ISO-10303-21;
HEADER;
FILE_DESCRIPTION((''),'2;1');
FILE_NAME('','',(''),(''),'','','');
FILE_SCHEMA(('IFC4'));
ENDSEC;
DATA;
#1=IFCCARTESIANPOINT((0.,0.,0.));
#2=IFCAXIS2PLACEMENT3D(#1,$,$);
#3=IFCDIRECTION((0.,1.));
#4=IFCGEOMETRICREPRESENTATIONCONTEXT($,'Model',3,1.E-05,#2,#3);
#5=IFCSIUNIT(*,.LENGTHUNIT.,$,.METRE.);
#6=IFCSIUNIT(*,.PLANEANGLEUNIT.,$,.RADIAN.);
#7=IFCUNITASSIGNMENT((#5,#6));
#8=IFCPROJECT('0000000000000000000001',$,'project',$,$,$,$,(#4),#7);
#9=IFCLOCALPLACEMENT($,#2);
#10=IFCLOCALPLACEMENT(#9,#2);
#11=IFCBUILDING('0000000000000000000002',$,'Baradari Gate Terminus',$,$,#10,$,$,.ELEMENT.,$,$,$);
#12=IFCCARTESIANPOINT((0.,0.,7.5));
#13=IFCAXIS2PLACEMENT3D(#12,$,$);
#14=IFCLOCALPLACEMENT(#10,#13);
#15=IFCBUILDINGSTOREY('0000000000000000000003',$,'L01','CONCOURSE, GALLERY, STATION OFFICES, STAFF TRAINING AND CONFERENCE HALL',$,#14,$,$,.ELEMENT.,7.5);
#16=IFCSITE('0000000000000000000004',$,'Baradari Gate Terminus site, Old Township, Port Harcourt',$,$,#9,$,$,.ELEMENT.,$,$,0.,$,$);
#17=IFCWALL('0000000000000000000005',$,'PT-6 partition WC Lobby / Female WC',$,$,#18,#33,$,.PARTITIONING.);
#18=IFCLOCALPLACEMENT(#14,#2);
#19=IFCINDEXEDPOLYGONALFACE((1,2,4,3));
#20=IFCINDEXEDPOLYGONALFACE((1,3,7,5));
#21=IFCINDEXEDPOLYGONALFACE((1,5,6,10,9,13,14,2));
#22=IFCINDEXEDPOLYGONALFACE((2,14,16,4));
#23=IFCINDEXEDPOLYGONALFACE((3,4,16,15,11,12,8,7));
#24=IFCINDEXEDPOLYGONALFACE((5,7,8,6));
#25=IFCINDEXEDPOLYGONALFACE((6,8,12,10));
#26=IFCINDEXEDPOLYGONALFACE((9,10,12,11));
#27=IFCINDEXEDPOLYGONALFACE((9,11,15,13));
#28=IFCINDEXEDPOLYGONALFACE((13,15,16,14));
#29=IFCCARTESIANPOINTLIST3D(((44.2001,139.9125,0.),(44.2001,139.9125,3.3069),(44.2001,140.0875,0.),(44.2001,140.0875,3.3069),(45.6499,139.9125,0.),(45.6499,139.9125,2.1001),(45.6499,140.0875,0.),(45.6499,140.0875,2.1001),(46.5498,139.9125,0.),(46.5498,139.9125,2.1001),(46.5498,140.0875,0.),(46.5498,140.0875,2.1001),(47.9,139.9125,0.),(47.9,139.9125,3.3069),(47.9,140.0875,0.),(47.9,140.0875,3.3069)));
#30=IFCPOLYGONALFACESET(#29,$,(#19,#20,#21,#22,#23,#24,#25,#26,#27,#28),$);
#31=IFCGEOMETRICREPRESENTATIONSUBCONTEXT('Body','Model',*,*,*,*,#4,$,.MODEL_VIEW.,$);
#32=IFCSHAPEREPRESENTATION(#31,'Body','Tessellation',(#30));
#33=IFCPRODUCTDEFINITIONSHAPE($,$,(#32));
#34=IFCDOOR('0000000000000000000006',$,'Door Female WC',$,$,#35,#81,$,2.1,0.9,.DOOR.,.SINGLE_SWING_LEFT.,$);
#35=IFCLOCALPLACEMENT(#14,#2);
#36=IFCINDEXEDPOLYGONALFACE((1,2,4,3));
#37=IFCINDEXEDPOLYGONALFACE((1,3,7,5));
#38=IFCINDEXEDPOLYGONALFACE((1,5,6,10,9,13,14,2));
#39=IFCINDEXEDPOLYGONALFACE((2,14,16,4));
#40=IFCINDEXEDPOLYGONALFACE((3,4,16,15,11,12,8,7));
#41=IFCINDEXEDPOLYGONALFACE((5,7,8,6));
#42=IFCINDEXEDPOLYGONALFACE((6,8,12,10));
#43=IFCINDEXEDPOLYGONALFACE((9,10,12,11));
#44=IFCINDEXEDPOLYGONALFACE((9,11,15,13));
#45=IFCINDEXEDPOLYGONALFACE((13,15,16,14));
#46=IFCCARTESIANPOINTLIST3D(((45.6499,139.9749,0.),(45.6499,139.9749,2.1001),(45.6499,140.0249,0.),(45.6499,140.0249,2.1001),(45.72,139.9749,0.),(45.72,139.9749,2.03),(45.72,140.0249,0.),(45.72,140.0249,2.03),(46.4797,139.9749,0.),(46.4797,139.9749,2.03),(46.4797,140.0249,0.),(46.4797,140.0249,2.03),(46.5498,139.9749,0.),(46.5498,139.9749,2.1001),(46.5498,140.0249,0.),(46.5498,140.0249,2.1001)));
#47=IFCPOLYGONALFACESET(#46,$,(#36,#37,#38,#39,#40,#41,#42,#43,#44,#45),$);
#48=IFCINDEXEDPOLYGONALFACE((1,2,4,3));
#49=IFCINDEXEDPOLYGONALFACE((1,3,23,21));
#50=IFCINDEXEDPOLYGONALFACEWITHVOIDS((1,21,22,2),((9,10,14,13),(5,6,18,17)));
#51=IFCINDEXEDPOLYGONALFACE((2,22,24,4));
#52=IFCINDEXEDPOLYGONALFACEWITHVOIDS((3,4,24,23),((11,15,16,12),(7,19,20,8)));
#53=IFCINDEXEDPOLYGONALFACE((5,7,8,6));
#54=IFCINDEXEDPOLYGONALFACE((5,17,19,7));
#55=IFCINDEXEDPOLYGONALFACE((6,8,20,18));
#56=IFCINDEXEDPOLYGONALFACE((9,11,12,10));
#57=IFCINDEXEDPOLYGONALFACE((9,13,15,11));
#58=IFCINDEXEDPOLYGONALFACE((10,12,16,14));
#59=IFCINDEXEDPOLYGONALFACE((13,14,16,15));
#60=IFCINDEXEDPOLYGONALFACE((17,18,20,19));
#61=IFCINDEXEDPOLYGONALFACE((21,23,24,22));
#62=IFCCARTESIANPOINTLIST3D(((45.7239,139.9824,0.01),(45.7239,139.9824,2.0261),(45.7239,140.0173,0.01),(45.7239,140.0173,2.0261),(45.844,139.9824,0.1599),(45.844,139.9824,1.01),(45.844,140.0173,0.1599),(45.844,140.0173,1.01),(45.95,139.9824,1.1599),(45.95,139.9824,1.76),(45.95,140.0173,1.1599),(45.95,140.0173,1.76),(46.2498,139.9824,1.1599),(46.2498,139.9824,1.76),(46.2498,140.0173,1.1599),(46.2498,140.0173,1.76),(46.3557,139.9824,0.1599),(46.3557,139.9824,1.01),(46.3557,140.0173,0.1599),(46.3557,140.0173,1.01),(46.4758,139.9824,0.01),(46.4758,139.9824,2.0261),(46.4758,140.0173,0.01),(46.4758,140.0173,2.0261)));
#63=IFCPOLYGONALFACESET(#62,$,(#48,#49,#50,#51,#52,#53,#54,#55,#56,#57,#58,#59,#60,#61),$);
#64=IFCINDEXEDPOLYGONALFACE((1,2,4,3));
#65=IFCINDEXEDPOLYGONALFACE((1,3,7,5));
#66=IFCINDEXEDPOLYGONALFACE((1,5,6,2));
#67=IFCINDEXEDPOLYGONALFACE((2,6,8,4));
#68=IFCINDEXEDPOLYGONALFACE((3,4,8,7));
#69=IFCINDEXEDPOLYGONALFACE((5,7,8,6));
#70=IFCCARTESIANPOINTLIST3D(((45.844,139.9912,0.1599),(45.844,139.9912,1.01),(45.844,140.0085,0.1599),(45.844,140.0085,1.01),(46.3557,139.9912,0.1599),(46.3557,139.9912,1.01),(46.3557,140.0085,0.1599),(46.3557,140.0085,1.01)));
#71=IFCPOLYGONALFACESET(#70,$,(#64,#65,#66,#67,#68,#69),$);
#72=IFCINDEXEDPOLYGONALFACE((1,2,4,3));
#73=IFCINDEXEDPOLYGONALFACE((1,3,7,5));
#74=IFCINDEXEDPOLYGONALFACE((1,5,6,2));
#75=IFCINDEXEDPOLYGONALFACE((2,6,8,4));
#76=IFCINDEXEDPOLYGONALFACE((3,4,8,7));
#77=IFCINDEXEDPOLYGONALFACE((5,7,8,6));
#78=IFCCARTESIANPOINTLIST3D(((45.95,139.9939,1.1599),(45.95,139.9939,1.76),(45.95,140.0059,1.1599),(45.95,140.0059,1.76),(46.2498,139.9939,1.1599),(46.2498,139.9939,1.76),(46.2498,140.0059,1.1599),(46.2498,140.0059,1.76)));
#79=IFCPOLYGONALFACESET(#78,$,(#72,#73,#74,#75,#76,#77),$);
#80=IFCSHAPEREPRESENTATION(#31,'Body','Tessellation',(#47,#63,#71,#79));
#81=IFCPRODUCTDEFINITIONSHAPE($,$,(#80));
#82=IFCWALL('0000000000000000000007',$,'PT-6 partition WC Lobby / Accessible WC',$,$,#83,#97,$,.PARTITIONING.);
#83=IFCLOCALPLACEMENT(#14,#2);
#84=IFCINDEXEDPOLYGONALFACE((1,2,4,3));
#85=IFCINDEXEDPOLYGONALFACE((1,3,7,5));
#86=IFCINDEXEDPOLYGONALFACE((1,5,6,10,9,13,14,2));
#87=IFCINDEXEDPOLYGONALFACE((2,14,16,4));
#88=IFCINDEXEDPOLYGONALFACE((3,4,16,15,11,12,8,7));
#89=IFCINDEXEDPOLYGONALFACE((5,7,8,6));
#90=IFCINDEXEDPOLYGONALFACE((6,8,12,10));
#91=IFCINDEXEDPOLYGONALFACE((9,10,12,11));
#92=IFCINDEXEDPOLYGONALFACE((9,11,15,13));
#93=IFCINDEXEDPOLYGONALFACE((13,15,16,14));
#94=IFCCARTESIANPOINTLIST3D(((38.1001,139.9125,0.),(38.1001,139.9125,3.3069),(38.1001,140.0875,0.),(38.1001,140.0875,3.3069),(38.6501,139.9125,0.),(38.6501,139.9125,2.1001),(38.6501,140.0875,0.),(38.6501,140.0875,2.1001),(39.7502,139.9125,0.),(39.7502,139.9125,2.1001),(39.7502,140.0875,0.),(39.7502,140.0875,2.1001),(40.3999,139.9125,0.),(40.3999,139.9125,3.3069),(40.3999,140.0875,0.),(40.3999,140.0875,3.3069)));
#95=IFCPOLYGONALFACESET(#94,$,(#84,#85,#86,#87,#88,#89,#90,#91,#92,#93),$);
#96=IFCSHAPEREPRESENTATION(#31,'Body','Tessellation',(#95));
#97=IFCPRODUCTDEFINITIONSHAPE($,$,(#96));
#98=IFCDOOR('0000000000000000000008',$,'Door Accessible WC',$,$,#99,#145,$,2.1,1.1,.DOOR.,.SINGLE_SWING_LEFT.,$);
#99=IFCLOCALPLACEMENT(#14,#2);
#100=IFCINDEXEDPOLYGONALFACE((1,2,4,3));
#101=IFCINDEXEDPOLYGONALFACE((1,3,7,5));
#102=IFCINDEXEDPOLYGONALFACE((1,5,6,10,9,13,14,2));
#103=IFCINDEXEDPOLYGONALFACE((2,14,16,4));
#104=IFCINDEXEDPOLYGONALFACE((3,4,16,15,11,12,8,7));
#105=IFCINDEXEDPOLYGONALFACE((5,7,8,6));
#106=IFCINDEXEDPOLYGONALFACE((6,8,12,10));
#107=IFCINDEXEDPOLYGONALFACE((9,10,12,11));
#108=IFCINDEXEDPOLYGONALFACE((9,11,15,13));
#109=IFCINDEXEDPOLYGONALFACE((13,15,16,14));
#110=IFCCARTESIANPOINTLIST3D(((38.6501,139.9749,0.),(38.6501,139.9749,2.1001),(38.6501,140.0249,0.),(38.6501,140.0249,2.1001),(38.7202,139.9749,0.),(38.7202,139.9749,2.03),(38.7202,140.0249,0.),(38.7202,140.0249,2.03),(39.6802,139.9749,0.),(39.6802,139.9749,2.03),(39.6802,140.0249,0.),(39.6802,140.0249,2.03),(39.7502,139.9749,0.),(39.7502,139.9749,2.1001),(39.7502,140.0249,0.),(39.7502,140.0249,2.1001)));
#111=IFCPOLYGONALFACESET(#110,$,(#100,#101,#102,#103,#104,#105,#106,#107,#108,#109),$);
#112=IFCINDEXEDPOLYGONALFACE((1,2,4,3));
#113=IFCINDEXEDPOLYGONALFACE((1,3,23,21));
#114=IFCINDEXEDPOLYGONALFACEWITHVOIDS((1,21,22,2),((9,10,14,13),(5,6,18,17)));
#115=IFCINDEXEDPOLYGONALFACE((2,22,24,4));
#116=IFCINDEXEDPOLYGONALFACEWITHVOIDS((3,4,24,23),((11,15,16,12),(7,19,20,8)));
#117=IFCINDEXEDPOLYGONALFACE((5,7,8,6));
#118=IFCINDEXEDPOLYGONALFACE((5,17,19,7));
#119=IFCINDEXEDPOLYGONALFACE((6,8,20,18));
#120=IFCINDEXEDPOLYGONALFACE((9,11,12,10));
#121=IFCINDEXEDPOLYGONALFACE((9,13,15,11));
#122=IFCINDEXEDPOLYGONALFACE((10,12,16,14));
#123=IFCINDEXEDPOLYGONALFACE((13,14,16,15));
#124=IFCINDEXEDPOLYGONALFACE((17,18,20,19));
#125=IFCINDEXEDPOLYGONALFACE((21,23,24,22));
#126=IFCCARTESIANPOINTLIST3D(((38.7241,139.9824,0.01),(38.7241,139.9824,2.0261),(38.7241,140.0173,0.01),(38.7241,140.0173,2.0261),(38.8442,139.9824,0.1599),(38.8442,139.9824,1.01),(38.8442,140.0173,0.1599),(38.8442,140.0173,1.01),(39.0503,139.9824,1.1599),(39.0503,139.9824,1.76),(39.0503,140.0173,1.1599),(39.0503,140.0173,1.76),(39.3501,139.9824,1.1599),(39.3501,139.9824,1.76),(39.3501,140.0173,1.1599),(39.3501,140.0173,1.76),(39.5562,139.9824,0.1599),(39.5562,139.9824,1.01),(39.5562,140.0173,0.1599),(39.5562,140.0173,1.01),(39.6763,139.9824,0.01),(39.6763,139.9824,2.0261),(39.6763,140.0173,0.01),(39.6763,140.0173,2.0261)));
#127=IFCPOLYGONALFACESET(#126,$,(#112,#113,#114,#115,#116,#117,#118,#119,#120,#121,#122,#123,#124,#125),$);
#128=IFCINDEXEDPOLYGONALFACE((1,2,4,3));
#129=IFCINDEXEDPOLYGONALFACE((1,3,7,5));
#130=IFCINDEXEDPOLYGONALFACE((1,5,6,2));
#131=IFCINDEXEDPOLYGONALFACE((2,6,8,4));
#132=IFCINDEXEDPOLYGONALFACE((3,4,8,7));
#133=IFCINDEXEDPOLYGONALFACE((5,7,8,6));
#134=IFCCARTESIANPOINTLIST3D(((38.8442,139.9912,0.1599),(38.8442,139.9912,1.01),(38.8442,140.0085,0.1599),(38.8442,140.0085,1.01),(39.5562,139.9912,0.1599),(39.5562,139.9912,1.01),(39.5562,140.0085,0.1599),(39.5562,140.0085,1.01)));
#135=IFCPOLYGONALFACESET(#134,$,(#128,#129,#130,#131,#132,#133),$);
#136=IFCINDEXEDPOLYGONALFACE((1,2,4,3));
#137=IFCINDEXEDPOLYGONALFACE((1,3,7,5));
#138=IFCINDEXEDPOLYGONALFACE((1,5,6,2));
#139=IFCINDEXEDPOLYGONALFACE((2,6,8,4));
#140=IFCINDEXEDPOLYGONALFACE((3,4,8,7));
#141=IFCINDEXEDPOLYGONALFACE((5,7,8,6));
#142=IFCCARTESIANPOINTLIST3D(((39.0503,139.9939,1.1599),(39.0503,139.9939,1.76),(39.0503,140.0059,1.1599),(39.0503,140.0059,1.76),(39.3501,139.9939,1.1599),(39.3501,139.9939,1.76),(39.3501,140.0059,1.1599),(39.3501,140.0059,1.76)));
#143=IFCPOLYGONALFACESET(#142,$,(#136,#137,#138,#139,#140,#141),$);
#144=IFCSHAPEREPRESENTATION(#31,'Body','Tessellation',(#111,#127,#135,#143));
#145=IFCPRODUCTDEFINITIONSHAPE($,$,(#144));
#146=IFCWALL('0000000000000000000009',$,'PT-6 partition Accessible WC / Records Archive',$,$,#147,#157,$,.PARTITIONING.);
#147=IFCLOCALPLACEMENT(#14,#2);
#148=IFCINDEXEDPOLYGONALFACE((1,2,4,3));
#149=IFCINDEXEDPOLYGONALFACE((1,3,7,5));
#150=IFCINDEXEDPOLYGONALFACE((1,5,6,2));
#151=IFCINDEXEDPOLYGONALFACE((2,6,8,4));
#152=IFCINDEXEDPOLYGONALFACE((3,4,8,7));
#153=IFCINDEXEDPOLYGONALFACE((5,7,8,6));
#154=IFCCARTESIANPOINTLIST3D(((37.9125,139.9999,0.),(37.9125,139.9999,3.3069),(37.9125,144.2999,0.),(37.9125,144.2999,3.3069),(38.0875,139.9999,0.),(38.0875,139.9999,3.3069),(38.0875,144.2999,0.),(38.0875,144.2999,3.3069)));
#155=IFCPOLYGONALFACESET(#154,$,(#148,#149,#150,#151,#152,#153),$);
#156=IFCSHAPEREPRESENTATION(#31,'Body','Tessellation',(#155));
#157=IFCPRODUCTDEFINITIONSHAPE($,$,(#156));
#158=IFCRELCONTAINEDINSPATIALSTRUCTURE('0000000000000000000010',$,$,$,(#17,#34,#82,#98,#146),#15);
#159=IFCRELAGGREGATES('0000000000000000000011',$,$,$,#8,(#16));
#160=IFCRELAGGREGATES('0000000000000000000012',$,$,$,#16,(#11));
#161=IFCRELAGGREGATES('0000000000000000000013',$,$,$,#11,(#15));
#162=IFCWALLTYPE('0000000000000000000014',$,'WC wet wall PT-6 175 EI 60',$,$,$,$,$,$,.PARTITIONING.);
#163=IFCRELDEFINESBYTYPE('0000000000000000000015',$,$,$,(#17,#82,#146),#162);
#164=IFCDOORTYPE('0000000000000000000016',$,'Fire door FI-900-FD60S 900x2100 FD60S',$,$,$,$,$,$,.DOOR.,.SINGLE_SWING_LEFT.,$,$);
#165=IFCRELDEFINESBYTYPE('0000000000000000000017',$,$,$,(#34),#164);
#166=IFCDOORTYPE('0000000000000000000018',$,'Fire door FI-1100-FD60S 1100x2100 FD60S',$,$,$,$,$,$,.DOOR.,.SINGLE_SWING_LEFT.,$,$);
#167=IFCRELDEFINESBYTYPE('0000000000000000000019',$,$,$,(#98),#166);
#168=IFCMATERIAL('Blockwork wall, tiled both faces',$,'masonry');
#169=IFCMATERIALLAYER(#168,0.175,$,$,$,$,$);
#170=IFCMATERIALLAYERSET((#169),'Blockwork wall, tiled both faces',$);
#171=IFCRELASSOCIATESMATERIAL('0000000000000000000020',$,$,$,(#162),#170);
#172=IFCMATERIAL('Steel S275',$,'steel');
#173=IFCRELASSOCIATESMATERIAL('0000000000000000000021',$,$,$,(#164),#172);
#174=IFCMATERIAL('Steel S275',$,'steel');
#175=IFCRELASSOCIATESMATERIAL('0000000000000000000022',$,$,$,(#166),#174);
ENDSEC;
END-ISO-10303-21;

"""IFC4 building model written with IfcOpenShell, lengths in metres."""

from ifc_helpers import new_model, si_unit, direction, frame, frame_2d, origin, place, context, subcontext, project, spatial, polyline, rectangle, outline, extrude, material, layer, layer_set, type_object, element, fill, save


model = new_model("IFC4")

# Units and contexts
model_context = context("Model", 3, precision=1e-05, world=origin(), true_north=direction((0.0, 1.0)))
body_context = subcontext(model_context, "Body", "Model", "MODEL_VIEW")
ifc_project = project(units=[si_unit("LENGTHUNIT", "METRE"), si_unit("PLANEANGLEUNIT", "RADIAN")], contexts=[model_context])

# Site, building, storey
site_placement = place(None, origin())
site = spatial("IfcSite", under=ifc_project, at=site_placement, Name="Baradari Gate Terminus site, Old Township, Port Harcourt", CompositionType="ELEMENT", RefElevation=0.0)
building_placement = place(site_placement, origin())
building = spatial("IfcBuilding", under=site, at=building_placement, Name="Baradari Gate Terminus", CompositionType="ELEMENT")
storey_placement = place(building_placement, frame((0.0, 0.0, 7.5)))
storey = spatial("IfcBuildingStorey", under=building, at=storey_placement, Name="L01", Description="CONCOURSE, GALLERY, STATION OFFICES, STAFF TRAINING AND CONFERENCE HALL", CompositionType="ELEMENT", Elevation=7.5)

# Walls, openings, doors
ifc_material_1 = material(Name="Blockwork wall, tiled both faces", Category="masonry")
ifc_layer_1 = layer(ifc_material_1, 0.175)
ifc_layer_set_1 = layer_set([ifc_layer_1], Name="Blockwork wall, tiled both faces")
wall_type_1 = type_object("IfcWallType", Name="WC wet wall PT-6 175 EI 60", PredefinedType="PARTITIONING", material=ifc_layer_set_1)
ifc_material_2 = material(Name="Steel S275", Category="steel")
door_type_1 = type_object("IfcDoorType", Name="Fire door FI-900-FD60S 900x2100 FD60S", OperationType="SINGLE_SWING_LEFT", PredefinedType="DOOR", material=ifc_material_2)
wall_1_placement = place(storey_placement, frame((44.2, 140.0, 0.0), z_axis=(0.0, 0.0, 1.0), x_axis=(1.0, 0.0, 0.0)))
wall_1 = element("IfcWall", 1, at=wall_1_placement, inside=storey, type_object=wall_type_1, Name="PT-6 partition WC Lobby / Female WC", PredefinedType="PARTITIONING", context=body_context, shape_type="SweptSolid", body=[
    extrude(rectangle(XDim=3.7, YDim=0.175, at=frame_2d((1.8501, 0.0))), origin(), (0.0, 0.0, 1.0), 3.3069),
])
opening_1_placement = place(wall_1_placement, frame((1.45, 0.0, 0.0)))
opening_1 = element("IfcOpeningElement", 2, at=opening_1_placement, cuts=wall_1, PredefinedType="OPENING", context=body_context, shape_type="SweptSolid", body=[
    extrude(rectangle(XDim=0.8999, YDim=2.1001, at=frame_2d((0.45, 1.05))), frame((0.0, 0.0974, 0.0), z_axis=(0.0, -1.0, 0.0), x_axis=(1.0, 0.0, 0.0)), (0.0, 0.0, 1.0), 0.1951),
])
door_1_placement = place(opening_1_placement, origin())
door_1 = element("IfcDoor", 3, at=door_1_placement, inside=storey, type_object=door_type_1, Name="Door Female WC", OperationType="SINGLE_SWING_LEFT", OverallHeight=2.1, OverallWidth=0.9, PredefinedType="DOOR", context=body_context, shape_type="SweptSolid", body=[
    extrude(outline(polyline([(0.0, 0.0), (0.0701, 0.0), (0.0701, 2.03), (0.8298, 2.03), (0.8298, 0.0), (0.8999, 0.0), (0.8999, 2.1001), (0.0, 2.1001), (0.0, 0.0)])), frame((0.0, 0.0249, 0.0), z_axis=(0.0, -1.0, 0.0), x_axis=(1.0, 0.0, 0.0)), (0.0, 0.0, 1.0), 0.05),
    extrude(outline(polyline([(0.074, 0.01), (0.8259, 0.01), (0.8259, 2.0261), (0.074, 2.0261), (0.074, 0.01)]), holes=[polyline([(0.1941, 0.1599), (0.7058, 0.1599), (0.7058, 1.01), (0.1941, 1.01), (0.1941, 0.1599)]), polyline([(0.3, 1.1599), (0.5999, 1.1599), (0.5999, 1.76), (0.3, 1.76), (0.3, 1.1599)])]), frame((0.0, 0.0173, 0.0), z_axis=(0.0, -1.0, 0.0), x_axis=(1.0, 0.0, 0.0)), (0.0, 0.0, 1.0), 0.0349),
    extrude(rectangle(XDim=0.5117, YDim=0.8501, at=frame_2d((0.45, 0.585))), frame((0.0, 0.0085, 0.0), z_axis=(0.0, -1.0, 0.0), x_axis=(1.0, 0.0, 0.0)), (0.0, 0.0, 1.0), 0.0173),
    extrude(rectangle(XDim=0.2998, YDim=0.6001, at=frame_2d((0.45, 1.46))), frame((0.0, 0.0059, 0.0), z_axis=(0.0, -1.0, 0.0), x_axis=(1.0, 0.0, 0.0)), (0.0, 0.0, 1.0), 0.012),
])
fill(opening_1, door_1)
wall_2_placement = place(storey_placement, frame((38.1001, 140.0, 0.0), z_axis=(0.0, 0.0, 1.0), x_axis=(1.0, 0.0, 0.0)))
wall_2 = element("IfcWall", 4, at=wall_2_placement, inside=storey, type_object=wall_type_1, Name="PT-6 partition WC Lobby / Accessible WC", PredefinedType="PARTITIONING", context=body_context, shape_type="SweptSolid", body=[
    extrude(rectangle(XDim=2.2998, YDim=0.175, at=frame_2d((1.1499, 0.0))), origin(), (0.0, 0.0, 1.0), 3.3069),
])
opening_2_placement = place(wall_2_placement, frame((0.55, 0.0, 0.0)))
opening_2 = element("IfcOpeningElement", 5, at=opening_2_placement, cuts=wall_2, PredefinedType="OPENING", context=body_context, shape_type="SweptSolid", body=[
    extrude(rectangle(XDim=1.1001, YDim=2.1001, at=frame_2d((0.55, 1.05))), frame((0.0, 0.0974, 0.0), z_axis=(0.0, -1.0, 0.0), x_axis=(1.0, 0.0, 0.0)), (0.0, 0.0, 1.0), 0.1951),
])
ifc_material_3 = material(Name="Steel S275", Category="steel")
door_type_2 = type_object("IfcDoorType", Name="Fire door FI-1100-FD60S 1100x2100 FD60S", OperationType="SINGLE_SWING_LEFT", PredefinedType="DOOR", material=ifc_material_3)
door_2_placement = place(opening_2_placement, origin())
door_2 = element("IfcDoor", 6, at=door_2_placement, inside=storey, type_object=door_type_2, Name="Door Accessible WC", OperationType="SINGLE_SWING_LEFT", OverallHeight=2.1, OverallWidth=1.1, PredefinedType="DOOR", context=body_context, shape_type="SweptSolid", body=[
    extrude(outline(polyline([(0.0, 0.0), (0.0701, 0.0), (0.0701, 2.03), (1.03, 2.03), (1.03, 0.0), (1.1001, 0.0), (1.1001, 2.1001), (0.0, 2.1001), (0.0, 0.0)])), frame((0.0, 0.0249, 0.0), z_axis=(0.0, -1.0, 0.0), x_axis=(1.0, 0.0, 0.0)), (0.0, 0.0, 1.0), 0.05),
    extrude(outline(polyline([(0.074, 0.01), (1.0261, 0.01), (1.0261, 2.0261), (0.074, 2.0261), (0.074, 0.01)]), holes=[polyline([(0.1941, 0.1599), (0.906, 0.1599), (0.906, 1.01), (0.1941, 1.01), (0.1941, 0.1599)]), polyline([(0.4001, 1.1599), (0.7, 1.1599), (0.7, 1.76), (0.4001, 1.76), (0.4001, 1.1599)])]), frame((0.0, 0.0173, 0.0), z_axis=(0.0, -1.0, 0.0), x_axis=(1.0, 0.0, 0.0)), (0.0, 0.0, 1.0), 0.0349),
    extrude(rectangle(XDim=0.7119, YDim=0.8501, at=frame_2d((0.55, 0.585))), frame((0.0, 0.0085, 0.0), z_axis=(0.0, -1.0, 0.0), x_axis=(1.0, 0.0, 0.0)), (0.0, 0.0, 1.0), 0.0173),
    extrude(rectangle(XDim=0.2998, YDim=0.6001, at=frame_2d((0.55, 1.46))), frame((0.0, 0.0059, 0.0), z_axis=(0.0, -1.0, 0.0), x_axis=(1.0, 0.0, 0.0)), (0.0, 0.0, 1.0), 0.012),
])
fill(opening_2, door_2)

# Wall
wall_3_placement = place(storey_placement, frame((38.0, 140.0, 0.0), z_axis=(0.0, 0.0, 1.0), x_axis=(0.0, 1.0, 0.0)))
element("IfcWall", 7, at=wall_3_placement, inside=storey, type_object=wall_type_1, Name="PT-6 partition Accessible WC / Records Archive", PredefinedType="PARTITIONING", context=body_context, shape_type="SweptSolid", body=[
    extrude(rectangle(XDim=4.3, YDim=0.175, at=frame_2d((2.1499, 0.0))), origin(), (0.0, 0.0, 1.0), 3.3069),
])

save(model, "model.ifc")
